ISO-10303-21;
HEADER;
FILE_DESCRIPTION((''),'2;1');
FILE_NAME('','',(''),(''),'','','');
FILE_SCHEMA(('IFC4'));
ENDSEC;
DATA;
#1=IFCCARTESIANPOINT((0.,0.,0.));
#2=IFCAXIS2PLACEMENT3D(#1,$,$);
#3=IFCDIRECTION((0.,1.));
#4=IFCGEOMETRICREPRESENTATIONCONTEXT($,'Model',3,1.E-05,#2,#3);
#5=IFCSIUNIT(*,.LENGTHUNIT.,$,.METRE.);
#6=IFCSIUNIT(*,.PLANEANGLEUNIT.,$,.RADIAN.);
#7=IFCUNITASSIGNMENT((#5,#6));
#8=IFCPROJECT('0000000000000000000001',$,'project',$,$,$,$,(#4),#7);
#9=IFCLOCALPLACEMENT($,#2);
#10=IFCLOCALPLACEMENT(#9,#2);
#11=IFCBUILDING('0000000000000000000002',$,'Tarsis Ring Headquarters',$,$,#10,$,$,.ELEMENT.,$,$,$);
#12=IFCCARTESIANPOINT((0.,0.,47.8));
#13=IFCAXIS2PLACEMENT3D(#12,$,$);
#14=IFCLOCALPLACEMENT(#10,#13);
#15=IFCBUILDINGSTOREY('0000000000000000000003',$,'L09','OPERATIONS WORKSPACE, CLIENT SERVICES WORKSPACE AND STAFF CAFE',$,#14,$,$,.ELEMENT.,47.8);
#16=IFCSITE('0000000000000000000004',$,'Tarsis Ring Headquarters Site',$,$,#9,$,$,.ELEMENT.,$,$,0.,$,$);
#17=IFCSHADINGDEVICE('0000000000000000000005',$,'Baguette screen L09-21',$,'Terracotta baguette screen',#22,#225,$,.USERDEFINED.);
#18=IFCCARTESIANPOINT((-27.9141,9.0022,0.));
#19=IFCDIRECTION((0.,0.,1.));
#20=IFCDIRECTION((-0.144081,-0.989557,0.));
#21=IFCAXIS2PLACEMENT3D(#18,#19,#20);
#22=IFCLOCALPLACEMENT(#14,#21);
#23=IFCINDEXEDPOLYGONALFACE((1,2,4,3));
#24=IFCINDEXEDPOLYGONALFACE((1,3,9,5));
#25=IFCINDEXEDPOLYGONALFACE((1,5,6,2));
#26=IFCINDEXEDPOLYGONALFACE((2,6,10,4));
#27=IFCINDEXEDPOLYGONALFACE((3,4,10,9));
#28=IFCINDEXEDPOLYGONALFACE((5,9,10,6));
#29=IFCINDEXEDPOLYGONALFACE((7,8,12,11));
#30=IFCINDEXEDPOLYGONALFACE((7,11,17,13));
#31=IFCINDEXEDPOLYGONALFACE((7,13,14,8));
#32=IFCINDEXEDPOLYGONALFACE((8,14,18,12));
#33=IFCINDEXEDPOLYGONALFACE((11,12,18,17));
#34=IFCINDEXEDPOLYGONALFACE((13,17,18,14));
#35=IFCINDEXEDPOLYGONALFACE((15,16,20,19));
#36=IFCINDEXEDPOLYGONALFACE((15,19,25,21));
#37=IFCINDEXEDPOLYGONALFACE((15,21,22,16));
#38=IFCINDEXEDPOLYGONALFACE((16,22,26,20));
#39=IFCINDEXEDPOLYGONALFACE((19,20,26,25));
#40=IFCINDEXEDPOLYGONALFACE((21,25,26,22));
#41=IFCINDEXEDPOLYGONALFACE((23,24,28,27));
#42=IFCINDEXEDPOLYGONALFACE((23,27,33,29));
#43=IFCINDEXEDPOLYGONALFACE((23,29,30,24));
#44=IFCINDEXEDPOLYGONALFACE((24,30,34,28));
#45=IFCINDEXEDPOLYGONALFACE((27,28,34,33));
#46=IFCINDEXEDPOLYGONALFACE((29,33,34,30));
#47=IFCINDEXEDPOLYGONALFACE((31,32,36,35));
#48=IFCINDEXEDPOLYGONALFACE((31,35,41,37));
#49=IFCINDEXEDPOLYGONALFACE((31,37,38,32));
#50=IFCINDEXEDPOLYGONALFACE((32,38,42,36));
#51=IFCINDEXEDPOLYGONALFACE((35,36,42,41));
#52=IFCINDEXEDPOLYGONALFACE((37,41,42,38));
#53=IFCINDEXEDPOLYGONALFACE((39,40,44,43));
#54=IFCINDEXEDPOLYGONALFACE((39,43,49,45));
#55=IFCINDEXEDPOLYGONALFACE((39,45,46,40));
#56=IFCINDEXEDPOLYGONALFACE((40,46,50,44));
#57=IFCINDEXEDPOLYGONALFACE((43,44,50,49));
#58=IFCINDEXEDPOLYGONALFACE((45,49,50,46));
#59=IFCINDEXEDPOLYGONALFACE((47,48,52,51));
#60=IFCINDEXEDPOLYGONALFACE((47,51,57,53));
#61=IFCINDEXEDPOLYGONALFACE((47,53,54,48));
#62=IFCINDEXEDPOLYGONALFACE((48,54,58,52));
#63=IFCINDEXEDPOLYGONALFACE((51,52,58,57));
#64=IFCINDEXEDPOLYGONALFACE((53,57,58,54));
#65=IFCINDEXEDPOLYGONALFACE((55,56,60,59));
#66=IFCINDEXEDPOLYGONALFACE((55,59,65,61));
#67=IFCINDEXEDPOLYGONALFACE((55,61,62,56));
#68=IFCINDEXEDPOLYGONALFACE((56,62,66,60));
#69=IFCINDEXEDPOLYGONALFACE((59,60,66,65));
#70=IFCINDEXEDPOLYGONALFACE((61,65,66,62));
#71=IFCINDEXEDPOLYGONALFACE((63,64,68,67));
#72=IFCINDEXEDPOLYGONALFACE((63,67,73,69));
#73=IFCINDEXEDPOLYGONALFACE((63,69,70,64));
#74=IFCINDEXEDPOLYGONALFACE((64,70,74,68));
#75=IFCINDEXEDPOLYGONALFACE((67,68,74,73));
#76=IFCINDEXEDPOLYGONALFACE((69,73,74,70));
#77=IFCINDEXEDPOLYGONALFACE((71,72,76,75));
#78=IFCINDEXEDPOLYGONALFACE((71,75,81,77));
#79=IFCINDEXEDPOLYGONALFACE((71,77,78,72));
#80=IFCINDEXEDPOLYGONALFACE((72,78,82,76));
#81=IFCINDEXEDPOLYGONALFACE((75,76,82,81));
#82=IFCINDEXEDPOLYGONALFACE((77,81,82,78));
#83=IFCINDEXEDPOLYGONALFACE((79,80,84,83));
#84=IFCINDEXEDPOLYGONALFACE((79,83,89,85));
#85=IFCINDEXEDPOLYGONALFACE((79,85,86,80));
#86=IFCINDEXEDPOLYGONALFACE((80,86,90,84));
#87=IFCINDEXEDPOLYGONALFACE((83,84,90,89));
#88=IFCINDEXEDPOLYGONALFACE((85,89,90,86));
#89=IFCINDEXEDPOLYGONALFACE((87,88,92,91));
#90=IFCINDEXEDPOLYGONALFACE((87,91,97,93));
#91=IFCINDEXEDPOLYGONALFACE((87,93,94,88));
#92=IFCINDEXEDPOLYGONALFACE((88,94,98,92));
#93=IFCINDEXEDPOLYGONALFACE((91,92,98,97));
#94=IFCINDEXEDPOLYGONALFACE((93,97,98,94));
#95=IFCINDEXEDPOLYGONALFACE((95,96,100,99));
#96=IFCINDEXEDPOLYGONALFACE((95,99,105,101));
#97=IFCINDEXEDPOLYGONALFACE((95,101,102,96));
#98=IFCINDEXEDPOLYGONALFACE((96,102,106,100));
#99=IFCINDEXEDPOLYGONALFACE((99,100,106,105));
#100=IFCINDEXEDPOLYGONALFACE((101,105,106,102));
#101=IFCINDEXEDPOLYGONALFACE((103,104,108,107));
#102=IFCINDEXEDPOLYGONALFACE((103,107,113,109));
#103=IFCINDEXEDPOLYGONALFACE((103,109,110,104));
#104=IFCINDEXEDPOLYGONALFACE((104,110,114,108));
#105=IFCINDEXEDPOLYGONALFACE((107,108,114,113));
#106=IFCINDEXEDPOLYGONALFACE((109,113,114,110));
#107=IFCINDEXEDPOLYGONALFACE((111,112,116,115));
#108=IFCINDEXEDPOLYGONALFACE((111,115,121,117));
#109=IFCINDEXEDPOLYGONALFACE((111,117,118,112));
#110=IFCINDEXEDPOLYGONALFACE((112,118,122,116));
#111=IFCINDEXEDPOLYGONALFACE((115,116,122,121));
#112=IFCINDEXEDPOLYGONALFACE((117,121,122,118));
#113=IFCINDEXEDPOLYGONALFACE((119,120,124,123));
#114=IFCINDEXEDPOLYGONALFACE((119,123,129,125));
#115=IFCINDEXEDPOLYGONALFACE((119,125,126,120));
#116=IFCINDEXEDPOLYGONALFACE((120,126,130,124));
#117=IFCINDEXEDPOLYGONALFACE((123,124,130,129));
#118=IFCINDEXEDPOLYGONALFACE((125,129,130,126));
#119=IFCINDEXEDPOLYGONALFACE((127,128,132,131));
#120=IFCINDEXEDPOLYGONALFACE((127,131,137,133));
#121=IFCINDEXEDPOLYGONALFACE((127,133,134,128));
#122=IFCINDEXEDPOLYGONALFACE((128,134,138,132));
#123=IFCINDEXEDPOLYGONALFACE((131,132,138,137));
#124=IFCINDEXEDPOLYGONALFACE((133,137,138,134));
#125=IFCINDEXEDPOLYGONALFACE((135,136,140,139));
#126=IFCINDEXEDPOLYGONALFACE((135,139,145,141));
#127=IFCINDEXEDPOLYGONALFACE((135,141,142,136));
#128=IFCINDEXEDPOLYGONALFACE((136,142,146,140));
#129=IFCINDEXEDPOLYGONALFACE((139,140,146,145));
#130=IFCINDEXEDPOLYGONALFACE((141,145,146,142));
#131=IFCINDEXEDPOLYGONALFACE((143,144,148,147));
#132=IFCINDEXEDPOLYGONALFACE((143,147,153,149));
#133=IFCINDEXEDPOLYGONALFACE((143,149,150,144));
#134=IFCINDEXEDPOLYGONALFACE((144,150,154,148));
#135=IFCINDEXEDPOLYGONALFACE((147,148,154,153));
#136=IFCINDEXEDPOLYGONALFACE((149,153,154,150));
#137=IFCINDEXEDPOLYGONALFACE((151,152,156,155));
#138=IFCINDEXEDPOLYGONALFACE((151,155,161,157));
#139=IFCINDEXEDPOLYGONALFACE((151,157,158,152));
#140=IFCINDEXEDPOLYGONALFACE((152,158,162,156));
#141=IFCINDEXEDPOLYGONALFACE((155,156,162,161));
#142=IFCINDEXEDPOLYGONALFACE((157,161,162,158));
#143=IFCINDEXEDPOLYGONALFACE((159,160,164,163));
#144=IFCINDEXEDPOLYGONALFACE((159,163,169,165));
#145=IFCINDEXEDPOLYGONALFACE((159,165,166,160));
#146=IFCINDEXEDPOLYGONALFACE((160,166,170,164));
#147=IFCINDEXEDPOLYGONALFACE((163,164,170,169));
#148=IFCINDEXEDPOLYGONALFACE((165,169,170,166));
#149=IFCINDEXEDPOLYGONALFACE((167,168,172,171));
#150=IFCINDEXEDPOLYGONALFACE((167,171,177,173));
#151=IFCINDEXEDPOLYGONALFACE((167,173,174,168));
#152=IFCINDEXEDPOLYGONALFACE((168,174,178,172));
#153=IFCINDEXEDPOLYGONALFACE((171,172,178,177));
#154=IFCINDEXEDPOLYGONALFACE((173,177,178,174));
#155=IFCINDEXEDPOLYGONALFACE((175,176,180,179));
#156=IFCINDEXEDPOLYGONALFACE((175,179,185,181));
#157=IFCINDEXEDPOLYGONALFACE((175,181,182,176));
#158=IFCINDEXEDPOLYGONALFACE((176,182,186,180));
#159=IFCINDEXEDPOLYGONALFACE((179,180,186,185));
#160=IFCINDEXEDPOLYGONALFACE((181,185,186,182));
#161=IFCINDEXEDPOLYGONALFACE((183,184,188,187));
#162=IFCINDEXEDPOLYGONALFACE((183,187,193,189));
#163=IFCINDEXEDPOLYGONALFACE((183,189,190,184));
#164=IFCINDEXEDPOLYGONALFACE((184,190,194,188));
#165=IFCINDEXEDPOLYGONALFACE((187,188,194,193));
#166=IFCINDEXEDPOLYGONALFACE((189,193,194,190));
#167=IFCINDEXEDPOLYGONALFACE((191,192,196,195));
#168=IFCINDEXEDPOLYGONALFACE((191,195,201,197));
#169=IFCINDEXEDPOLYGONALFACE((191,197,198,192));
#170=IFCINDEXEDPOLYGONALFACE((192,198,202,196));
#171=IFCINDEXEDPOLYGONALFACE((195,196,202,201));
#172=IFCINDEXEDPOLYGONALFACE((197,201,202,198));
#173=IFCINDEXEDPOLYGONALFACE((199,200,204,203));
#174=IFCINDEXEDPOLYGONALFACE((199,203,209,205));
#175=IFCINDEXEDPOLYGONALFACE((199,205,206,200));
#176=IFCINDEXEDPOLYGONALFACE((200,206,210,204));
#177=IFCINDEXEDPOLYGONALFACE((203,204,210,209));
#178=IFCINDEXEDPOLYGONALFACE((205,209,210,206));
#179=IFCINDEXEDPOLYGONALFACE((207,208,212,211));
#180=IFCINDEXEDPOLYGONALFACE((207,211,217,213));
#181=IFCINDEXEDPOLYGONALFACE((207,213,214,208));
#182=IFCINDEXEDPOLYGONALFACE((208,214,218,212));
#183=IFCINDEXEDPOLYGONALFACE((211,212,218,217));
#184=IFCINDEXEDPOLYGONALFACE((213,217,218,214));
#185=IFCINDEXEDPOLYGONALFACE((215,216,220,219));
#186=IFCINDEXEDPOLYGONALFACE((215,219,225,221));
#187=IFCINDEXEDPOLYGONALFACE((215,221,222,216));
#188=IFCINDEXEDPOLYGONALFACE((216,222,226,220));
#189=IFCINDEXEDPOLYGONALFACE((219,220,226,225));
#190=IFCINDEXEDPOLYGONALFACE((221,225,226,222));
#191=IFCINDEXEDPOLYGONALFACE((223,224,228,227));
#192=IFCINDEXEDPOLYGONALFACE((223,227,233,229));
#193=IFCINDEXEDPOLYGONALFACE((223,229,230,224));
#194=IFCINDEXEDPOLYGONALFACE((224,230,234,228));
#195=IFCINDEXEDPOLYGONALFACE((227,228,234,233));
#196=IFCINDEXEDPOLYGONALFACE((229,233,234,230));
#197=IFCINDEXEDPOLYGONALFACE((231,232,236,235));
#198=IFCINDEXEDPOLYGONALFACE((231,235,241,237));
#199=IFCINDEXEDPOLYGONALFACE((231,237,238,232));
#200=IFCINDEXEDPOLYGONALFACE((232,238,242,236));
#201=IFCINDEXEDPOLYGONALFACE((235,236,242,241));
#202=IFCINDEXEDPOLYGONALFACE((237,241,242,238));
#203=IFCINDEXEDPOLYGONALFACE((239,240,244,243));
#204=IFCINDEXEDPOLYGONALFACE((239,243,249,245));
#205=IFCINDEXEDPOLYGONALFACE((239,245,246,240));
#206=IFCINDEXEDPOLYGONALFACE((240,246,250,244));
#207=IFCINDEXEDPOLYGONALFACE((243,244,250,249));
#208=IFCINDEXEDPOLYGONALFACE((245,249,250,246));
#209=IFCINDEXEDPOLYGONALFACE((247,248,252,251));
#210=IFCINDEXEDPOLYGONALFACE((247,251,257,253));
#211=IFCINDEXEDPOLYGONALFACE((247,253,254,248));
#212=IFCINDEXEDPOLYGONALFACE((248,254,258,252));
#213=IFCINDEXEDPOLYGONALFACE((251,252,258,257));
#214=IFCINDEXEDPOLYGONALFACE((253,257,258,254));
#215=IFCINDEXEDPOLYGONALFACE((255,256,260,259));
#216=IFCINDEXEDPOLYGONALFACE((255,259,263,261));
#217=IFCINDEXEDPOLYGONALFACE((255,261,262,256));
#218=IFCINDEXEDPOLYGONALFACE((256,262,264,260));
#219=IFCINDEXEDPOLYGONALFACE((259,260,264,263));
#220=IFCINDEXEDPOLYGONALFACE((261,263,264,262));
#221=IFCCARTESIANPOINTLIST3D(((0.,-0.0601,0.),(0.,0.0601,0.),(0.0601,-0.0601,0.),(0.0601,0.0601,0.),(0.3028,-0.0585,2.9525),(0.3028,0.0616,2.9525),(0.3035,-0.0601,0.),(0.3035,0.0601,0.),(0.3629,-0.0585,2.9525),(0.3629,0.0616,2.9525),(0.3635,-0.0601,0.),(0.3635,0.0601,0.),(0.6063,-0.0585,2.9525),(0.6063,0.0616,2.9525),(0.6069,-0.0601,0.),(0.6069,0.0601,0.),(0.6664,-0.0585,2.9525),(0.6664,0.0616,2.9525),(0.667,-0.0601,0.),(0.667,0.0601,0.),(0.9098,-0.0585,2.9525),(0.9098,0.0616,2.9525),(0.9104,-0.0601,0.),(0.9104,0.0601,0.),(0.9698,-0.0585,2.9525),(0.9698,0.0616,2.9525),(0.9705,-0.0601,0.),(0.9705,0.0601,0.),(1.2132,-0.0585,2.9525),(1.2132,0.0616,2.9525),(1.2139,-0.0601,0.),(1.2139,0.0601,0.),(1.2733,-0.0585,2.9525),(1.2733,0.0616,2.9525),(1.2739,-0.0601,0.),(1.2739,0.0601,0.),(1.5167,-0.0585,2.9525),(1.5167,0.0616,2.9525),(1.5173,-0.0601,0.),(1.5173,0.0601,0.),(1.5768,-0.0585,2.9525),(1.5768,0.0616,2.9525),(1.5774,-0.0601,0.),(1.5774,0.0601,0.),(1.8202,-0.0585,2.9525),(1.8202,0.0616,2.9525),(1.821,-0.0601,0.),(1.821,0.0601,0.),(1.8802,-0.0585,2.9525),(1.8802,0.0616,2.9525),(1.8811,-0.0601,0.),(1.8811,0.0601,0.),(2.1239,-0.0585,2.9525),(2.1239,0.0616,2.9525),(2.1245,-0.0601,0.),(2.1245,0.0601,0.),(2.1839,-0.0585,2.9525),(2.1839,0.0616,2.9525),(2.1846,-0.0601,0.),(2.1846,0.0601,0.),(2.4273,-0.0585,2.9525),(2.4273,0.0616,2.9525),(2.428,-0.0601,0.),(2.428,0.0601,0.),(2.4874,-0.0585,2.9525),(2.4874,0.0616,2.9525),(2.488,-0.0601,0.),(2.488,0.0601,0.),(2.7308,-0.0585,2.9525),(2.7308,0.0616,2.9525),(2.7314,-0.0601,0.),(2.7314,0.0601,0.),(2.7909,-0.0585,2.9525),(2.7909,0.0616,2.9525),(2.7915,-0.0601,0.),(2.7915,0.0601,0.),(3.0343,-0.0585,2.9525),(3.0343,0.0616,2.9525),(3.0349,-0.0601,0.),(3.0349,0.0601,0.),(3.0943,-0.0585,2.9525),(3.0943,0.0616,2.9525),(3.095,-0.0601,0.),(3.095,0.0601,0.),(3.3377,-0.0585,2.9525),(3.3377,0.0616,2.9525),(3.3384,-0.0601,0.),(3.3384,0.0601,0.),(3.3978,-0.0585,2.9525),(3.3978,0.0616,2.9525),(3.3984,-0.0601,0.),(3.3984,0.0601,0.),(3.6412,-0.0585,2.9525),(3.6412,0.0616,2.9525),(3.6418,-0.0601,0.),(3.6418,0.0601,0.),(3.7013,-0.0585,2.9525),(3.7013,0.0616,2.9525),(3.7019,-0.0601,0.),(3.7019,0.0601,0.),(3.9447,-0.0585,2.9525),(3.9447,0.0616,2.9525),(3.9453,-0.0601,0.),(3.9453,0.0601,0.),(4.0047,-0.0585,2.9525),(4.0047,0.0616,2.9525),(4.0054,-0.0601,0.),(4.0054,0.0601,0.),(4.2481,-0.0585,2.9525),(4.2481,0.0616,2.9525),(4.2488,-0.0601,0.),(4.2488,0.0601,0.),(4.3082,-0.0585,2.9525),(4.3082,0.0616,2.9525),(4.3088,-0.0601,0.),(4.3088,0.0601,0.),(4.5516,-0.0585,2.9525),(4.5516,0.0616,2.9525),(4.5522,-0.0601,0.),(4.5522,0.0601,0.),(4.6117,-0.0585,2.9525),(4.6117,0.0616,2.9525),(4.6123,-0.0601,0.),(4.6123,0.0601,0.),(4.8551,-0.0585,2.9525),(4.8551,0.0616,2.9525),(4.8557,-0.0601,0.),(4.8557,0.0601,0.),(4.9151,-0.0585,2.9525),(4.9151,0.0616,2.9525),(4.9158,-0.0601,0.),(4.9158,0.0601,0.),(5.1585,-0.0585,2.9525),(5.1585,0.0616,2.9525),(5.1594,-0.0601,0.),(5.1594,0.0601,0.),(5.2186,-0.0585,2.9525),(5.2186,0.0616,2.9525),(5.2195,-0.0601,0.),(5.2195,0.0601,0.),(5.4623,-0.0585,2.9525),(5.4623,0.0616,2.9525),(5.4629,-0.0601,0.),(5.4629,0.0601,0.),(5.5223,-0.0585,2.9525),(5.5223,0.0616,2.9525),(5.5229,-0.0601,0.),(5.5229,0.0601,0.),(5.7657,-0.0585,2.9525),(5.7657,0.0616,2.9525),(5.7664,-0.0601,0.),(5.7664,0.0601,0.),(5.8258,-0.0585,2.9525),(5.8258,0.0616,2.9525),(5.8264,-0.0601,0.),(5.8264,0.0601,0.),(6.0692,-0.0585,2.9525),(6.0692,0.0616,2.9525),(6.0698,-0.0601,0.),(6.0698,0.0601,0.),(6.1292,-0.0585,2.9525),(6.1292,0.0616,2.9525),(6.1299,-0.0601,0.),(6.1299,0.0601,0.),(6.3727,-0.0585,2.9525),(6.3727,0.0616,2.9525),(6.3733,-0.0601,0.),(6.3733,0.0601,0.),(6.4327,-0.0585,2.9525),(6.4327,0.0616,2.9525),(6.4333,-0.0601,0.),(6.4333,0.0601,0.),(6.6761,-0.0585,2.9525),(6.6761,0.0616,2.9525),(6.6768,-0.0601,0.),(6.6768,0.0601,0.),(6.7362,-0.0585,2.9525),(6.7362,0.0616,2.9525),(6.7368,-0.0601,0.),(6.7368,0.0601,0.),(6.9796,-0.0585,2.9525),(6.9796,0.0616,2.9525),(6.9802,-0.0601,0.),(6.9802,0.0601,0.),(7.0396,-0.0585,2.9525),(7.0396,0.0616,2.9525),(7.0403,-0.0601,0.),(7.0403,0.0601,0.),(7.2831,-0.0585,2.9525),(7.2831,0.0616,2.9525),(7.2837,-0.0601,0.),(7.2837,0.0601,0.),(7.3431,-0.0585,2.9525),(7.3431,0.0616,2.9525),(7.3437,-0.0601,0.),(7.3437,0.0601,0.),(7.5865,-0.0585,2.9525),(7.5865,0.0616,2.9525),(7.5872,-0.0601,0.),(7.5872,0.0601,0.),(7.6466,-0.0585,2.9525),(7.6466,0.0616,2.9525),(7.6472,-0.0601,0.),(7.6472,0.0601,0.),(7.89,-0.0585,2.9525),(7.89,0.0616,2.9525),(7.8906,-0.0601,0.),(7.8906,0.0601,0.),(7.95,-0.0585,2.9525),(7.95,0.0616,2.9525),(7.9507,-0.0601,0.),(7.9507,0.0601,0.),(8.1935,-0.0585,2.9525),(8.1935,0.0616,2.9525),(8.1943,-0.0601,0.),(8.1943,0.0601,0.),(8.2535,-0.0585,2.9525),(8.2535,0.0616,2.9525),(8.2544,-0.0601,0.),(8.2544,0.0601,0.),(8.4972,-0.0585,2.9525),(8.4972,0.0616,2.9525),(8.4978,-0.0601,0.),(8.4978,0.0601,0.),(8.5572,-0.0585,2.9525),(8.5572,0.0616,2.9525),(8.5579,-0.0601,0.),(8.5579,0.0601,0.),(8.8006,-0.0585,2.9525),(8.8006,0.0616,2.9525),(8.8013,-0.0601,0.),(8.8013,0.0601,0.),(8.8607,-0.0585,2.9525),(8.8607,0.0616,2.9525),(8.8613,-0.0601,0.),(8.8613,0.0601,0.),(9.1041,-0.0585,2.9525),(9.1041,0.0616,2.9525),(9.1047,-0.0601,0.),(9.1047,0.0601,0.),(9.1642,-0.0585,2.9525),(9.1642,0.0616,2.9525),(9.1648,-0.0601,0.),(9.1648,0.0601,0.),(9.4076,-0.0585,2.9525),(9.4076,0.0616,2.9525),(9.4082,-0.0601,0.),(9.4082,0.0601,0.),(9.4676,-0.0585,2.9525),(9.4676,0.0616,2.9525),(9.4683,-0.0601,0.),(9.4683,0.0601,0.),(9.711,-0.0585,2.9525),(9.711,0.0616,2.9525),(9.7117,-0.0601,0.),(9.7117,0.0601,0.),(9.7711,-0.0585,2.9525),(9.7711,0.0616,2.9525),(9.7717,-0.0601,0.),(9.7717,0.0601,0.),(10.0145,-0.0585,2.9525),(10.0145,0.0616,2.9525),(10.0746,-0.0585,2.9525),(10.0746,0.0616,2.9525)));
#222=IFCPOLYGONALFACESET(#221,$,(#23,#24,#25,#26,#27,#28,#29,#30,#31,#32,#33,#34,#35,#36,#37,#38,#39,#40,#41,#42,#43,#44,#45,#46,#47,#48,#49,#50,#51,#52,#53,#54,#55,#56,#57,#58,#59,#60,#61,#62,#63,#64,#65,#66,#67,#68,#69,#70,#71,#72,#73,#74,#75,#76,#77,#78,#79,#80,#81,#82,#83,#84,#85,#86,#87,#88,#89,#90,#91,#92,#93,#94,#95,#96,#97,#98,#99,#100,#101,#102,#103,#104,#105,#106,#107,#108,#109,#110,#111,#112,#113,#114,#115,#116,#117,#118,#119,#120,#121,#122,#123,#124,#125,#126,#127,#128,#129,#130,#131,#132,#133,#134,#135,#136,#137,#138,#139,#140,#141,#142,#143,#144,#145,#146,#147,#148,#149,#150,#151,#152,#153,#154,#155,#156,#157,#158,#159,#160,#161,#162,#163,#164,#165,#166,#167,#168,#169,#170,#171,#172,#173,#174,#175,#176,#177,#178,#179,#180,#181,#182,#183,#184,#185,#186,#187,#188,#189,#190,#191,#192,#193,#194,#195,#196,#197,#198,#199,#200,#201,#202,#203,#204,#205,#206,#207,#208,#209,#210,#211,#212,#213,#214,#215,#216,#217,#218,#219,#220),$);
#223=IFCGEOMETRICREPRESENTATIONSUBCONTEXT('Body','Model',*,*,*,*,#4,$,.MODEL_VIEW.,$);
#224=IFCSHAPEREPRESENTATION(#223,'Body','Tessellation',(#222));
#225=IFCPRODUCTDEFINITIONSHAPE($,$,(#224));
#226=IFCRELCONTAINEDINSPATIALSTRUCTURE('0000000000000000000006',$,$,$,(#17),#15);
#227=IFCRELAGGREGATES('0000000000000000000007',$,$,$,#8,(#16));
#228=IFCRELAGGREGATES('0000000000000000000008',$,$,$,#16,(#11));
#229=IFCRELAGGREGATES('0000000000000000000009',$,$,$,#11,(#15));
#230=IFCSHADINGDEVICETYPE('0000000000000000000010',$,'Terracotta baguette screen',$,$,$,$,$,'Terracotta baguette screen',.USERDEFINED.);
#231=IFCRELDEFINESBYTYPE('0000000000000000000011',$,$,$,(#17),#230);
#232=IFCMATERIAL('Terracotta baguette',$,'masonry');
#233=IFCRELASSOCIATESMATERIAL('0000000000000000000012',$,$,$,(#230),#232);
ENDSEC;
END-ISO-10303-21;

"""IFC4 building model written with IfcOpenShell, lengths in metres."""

from ifc_helpers import new_model, si_unit, direction, frame, frame_2d, origin, place, context, subcontext, project, spatial, rectangle, composite_profile, extrude, material, type_object, element, save


model = new_model("IFC4")

# Units and contexts
model_context = context("Model", 3, precision=1e-05, world=origin(), true_north=direction((0.0, 1.0)))
body_context = subcontext(model_context, "Body", "Model", "MODEL_VIEW")
ifc_project = project(units=[si_unit("LENGTHUNIT", "METRE"), si_unit("PLANEANGLEUNIT", "RADIAN")], contexts=[model_context])

# Site, building, storey
site_placement = place(None, origin())
site = spatial("IfcSite", under=ifc_project, at=site_placement, Name="Tarsis Ring Headquarters Site", CompositionType="ELEMENT", RefElevation=0.0)
building_placement = place(site_placement, origin())
building = spatial("IfcBuilding", under=site, at=building_placement, Name="Tarsis Ring Headquarters", CompositionType="ELEMENT")
storey_placement = place(building_placement, frame((0.0, 0.0, 47.8)))
storey = spatial("IfcBuildingStorey", under=building, at=storey_placement, Name="L09", Description="OPERATIONS WORKSPACE, CLIENT SERVICES WORKSPACE AND STAFF CAFE", CompositionType="ELEMENT", Elevation=47.8)

# Shading device
ifc_material_1 = material(Name="Terracotta baguette", Category="masonry")
shading_device_type = type_object("IfcShadingDeviceType", Name="Terracotta baguette screen", ElementType="Terracotta baguette screen", PredefinedType="USERDEFINED", material=ifc_material_1)
shading_device_placement = place(storey_placement, frame((-27.9141, 9.0022, 0.0), z_axis=(0.0, 0.0, 1.0), x_axis=(-0.144081, -0.989557, 0.0)))
element("IfcShadingDevice", 1, at=shading_device_placement, inside=storey, type_object=shading_device_type, Name="Baguette screen L09-21", ObjectType="Terracotta baguette screen", PredefinedType="USERDEFINED", context=body_context, shape_type="SweptSolid", body=[
    extrude(composite_profile([rectangle(XDim=0.0601, YDim=0.1201, at=frame_2d((0.03, 0.0))), rectangle(XDim=0.0601, YDim=0.1201, at=frame_2d((0.3335, 0.0))), rectangle(XDim=0.0601, YDim=0.1201, at=frame_2d((0.637, 0.0))), rectangle(XDim=0.0601, YDim=0.1201, at=frame_2d((0.9404, 0.0))), rectangle(XDim=0.0601, YDim=0.1201, at=frame_2d((1.2439, 0.0))), rectangle(XDim=0.0601, YDim=0.1201, at=frame_2d((1.5474, 0.0))), rectangle(XDim=0.0601, YDim=0.1201, at=frame_2d((1.8511, 0.0))), rectangle(XDim=0.0601, YDim=0.1201, at=frame_2d((2.1545, 0.0))), rectangle(XDim=0.0601, YDim=0.1201, at=frame_2d((2.458, 0.0))), rectangle(XDim=0.0601, YDim=0.1201, at=frame_2d((2.7615, 0.0))), rectangle(XDim=0.0601, YDim=0.1201, at=frame_2d((3.0649, 0.0))), rectangle(XDim=0.0601, YDim=0.1201, at=frame_2d((3.3684, 0.0))), rectangle(XDim=0.0601, YDim=0.1201, at=frame_2d((3.6719, 0.0))), rectangle(XDim=0.0601, YDim=0.1201, at=frame_2d((3.9753, 0.0))), rectangle(XDim=0.0601, YDim=0.1201, at=frame_2d((4.2788, 0.0))), rectangle(XDim=0.0601, YDim=0.1201, at=frame_2d((4.5823, 0.0))), rectangle(XDim=0.0601, YDim=0.1201, at=frame_2d((4.8857, 0.0))), rectangle(XDim=0.0601, YDim=0.1201, at=frame_2d((5.1895, 0.0))), rectangle(XDim=0.0601, YDim=0.1201, at=frame_2d((5.4929, 0.0))), rectangle(XDim=0.0601, YDim=0.1201, at=frame_2d((5.7964, 0.0))), rectangle(XDim=0.0601, YDim=0.1201, at=frame_2d((6.0999, 0.0))), rectangle(XDim=0.0601, YDim=0.1201, at=frame_2d((6.4033, 0.0))), rectangle(XDim=0.0601, YDim=0.1201, at=frame_2d((6.7068, 0.0))), rectangle(XDim=0.0601, YDim=0.1201, at=frame_2d((7.0103, 0.0))), rectangle(XDim=0.0601, YDim=0.1201, at=frame_2d((7.3137, 0.0))), rectangle(XDim=0.0601, YDim=0.1201, at=frame_2d((7.6172, 0.0))), rectangle(XDim=0.0601, YDim=0.1201, at=frame_2d((7.9207, 0.0))), rectangle(XDim=0.0601, YDim=0.1201, at=frame_2d((8.2244, 0.0))), rectangle(XDim=0.0601, YDim=0.1201, at=frame_2d((8.5278, 0.0))), rectangle(XDim=0.0601, YDim=0.1201, at=frame_2d((8.8313, 0.0))), rectangle(XDim=0.0601, YDim=0.1201, at=frame_2d((9.1348, 0.0))), rectangle(XDim=0.0601, YDim=0.1201, at=frame_2d((9.4382, 0.0))), rectangle(XDim=0.0601, YDim=0.1201, at=frame_2d((9.7417, 0.0)))]), origin(), (0.10203, 0.000533, 0.994781), 2.968),
])

save(model, "model.ifc")
